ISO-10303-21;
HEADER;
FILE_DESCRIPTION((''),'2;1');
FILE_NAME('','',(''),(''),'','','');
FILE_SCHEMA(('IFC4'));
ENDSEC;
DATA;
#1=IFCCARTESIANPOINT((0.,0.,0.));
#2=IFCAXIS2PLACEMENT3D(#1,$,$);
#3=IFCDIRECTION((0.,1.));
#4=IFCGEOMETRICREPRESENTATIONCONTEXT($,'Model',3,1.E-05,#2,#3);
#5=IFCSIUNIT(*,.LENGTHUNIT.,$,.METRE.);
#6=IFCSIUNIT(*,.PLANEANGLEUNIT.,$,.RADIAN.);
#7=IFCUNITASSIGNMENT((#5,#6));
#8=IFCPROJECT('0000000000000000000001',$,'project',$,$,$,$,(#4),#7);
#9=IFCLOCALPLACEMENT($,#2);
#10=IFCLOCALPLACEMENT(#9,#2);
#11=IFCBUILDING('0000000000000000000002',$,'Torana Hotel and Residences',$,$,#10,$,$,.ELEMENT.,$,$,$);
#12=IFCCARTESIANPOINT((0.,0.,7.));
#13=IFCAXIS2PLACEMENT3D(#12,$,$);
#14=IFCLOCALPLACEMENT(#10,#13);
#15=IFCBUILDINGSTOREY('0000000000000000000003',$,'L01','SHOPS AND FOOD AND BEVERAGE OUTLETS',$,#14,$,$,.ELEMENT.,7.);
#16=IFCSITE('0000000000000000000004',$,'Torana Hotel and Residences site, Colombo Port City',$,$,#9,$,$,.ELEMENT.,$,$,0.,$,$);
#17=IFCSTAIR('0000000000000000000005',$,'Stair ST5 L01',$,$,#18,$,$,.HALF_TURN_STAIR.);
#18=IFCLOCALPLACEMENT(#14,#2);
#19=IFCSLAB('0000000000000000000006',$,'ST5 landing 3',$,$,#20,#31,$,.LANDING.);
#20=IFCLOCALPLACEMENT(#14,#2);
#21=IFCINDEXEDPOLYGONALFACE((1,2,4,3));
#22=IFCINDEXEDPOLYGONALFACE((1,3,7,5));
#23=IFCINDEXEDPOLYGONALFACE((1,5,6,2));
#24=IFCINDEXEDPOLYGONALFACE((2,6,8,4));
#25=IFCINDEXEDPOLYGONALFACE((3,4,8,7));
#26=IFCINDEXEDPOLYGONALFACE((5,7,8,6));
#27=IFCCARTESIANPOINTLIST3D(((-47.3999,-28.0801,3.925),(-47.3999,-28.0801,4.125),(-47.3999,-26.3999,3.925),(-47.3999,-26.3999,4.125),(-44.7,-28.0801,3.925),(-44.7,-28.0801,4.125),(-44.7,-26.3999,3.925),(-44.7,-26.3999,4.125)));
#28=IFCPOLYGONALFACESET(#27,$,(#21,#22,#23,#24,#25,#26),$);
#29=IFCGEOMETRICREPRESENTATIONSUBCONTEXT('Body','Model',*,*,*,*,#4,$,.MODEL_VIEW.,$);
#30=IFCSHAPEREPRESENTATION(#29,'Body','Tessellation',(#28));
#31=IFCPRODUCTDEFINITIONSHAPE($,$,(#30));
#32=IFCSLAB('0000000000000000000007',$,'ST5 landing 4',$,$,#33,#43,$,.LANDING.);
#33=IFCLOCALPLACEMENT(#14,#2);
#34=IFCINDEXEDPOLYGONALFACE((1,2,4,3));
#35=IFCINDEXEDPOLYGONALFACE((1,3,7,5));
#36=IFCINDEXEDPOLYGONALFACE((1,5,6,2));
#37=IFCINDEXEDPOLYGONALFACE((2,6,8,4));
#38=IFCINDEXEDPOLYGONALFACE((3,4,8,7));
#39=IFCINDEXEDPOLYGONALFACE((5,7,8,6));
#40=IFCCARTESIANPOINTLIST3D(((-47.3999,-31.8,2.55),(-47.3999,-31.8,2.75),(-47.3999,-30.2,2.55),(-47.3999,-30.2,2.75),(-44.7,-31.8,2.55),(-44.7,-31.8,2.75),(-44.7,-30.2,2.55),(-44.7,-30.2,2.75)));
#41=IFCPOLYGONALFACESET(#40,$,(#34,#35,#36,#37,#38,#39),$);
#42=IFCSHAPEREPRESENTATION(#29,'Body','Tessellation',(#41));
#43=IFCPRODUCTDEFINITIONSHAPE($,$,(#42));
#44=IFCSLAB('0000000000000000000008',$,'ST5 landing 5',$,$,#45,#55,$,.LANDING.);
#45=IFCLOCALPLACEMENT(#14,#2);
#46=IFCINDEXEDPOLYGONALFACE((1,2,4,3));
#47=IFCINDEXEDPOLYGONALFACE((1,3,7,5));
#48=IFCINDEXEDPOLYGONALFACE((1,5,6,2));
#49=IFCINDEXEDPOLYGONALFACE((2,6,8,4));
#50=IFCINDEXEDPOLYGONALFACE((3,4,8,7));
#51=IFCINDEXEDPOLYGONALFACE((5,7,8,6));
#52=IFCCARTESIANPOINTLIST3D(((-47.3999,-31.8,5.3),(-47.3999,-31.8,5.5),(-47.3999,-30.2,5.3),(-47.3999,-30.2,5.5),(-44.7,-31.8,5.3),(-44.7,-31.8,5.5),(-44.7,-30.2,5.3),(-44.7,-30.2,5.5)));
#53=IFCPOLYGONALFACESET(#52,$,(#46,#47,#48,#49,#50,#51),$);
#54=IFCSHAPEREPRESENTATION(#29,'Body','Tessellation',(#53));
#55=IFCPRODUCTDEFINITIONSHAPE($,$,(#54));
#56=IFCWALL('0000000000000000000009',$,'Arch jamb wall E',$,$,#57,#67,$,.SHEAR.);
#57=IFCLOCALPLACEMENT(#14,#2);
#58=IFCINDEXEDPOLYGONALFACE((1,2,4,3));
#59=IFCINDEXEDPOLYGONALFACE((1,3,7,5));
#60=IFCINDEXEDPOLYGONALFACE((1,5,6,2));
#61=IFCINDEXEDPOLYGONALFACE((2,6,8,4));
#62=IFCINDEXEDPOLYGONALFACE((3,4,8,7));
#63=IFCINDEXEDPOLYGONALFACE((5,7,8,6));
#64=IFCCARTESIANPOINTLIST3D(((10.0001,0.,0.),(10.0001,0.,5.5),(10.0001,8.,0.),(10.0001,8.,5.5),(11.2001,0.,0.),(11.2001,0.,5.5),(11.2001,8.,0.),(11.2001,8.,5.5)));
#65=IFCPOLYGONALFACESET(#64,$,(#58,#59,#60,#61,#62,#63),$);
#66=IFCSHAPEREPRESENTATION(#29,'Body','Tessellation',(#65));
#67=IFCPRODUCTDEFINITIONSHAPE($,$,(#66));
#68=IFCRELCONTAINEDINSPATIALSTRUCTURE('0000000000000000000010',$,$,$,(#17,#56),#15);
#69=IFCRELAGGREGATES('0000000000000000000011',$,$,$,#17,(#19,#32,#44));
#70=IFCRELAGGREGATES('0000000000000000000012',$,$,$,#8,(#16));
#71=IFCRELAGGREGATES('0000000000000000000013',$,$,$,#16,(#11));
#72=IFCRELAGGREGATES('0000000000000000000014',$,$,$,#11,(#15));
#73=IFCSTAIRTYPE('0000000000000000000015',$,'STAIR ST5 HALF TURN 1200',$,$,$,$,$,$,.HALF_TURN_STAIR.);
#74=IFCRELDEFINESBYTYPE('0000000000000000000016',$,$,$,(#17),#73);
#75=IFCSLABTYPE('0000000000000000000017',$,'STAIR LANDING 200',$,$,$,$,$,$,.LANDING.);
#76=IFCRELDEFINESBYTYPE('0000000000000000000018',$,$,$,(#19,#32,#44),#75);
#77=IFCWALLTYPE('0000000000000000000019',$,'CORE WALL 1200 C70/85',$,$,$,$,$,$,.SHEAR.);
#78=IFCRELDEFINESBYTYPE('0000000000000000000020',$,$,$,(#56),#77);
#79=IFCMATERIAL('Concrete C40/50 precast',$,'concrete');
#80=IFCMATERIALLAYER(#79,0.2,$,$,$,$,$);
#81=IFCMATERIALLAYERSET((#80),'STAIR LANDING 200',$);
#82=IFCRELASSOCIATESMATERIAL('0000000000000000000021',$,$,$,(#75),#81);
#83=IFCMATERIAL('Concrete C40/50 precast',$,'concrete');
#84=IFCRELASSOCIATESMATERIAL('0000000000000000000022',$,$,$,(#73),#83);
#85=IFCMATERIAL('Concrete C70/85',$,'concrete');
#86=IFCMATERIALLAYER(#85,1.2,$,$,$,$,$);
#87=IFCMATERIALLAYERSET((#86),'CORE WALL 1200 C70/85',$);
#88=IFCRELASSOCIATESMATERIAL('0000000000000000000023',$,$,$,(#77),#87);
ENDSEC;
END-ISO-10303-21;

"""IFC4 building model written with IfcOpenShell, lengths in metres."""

from ifc_helpers import new_model, si_unit, direction, frame, frame_2d, origin, place, context, subcontext, project, spatial, polyline, rectangle, outline, extrude, material, layer, layer_set, type_object, element, aggregate, save


model = new_model("IFC4")

# Units and contexts
model_context = context("Model", 3, precision=1e-05, world=origin(), true_north=direction((0.0, 1.0)))
body_context = subcontext(model_context, "Body", "Model", "MODEL_VIEW")
ifc_project = project(units=[si_unit("LENGTHUNIT", "METRE"), si_unit("PLANEANGLEUNIT", "RADIAN")], contexts=[model_context])

# Site, building, storey
site_placement = place(None, origin())
site = spatial("IfcSite", under=ifc_project, at=site_placement, Name="Torana Hotel and Residences site, Colombo Port City", CompositionType="ELEMENT", RefElevation=0.0)
building_placement = place(site_placement, origin())
building = spatial("IfcBuilding", under=site, at=building_placement, Name="Torana Hotel and Residences", CompositionType="ELEMENT")
storey_placement = place(building_placement, frame((0.0, 0.0, 7.0)))
storey = spatial("IfcBuildingStorey", under=building, at=storey_placement, Name="L01", Description="SHOPS AND FOOD AND BEVERAGE OUTLETS", CompositionType="ELEMENT", Elevation=7.0)

# Shared definitions
ifc_material_1 = material(Name="Concrete C40/50 precast", Category="concrete")
ifc_layer_1 = layer(ifc_material_1, 0.2)
ifc_layer_set_1 = layer_set([ifc_layer_1], Name="STAIR LANDING 200")
slab_type = type_object("IfcSlabType", Name="STAIR LANDING 200", PredefinedType="LANDING", material=ifc_layer_set_1)

# Stair, slabs
ifc_material_2 = material(Name="Concrete C40/50 precast", Category="concrete")
stair_type_1 = type_object("IfcStairType", Name="STAIR ST5 HALF TURN 1200", PredefinedType="HALF_TURN_STAIR", material=ifc_material_2)
stair_1_placement = place(storey_placement, origin())
stair_1 = element("IfcStair", 1, at=stair_1_placement, inside=storey, type_object=stair_type_1, Name="Stair ST5 L01", PredefinedType="HALF_TURN_STAIR")
slab_1_placement = place(storey_placement, frame((0.0, 0.0, 3.925)))
slab_1 = element("IfcSlab", 2, at=slab_1_placement, type_object=slab_type, Name="ST5 landing 3", PredefinedType="LANDING", context=body_context, shape_type="SweptSolid", body=[
    extrude(outline(polyline([(-47.3999, -28.0801), (-44.7, -28.0801), (-44.7, -26.3999), (-47.3999, -26.3999), (-47.3999, -28.0801)])), origin(), (0.0, 0.0, 1.0), 0.2),
])
slab_2_placement = place(storey_placement, frame((0.0, 0.0, 2.55)))
slab_2 = element("IfcSlab", 3, at=slab_2_placement, type_object=slab_type, Name="ST5 landing 4", PredefinedType="LANDING", context=body_context, shape_type="SweptSolid", body=[
    extrude(outline(polyline([(-47.3999, -31.8), (-44.7, -31.8), (-44.7, -30.2), (-47.3999, -30.2), (-47.3999, -31.8)])), origin(), (0.0, 0.0, 1.0), 0.2),
])
slab_3_placement = place(storey_placement, frame((0.0, 0.0, 5.3)))
slab_3 = element("IfcSlab", 4, at=slab_3_placement, type_object=slab_type, Name="ST5 landing 5", PredefinedType="LANDING", context=body_context, shape_type="SweptSolid", body=[
    extrude(outline(polyline([(-47.3999, -31.8), (-44.7, -31.8), (-44.7, -30.2), (-47.3999, -30.2), (-47.3999, -31.8)])), origin(), (0.0, 0.0, 1.0), 0.2),
])
aggregate(stair_1, [slab_1, slab_2, slab_3])

# Wall
ifc_material_3 = material(Name="Concrete C70/85", Category="concrete")
ifc_layer_2 = layer(ifc_material_3, 1.2)
ifc_layer_set_2 = layer_set([ifc_layer_2], Name="CORE WALL 1200 C70/85")
wall_type = type_object("IfcWallType", Name="CORE WALL 1200 C70/85", PredefinedType="SHEAR", material=ifc_layer_set_2)
wall_placement = place(storey_placement, frame((10.6001, 0.0, 0.0), z_axis=(0.0, 0.0, 1.0), x_axis=(0.0, 1.0, 0.0)))
element("IfcWall", 5, at=wall_placement, inside=storey, type_object=wall_type, Name="Arch jamb wall E", PredefinedType="SHEAR", context=body_context, shape_type="SweptSolid", body=[
    extrude(rectangle(XDim=8.0, YDim=1.2, at=frame_2d((4.0, 0.0))), origin(), (0.0, 0.0, 1.0), 5.5),
])

save(model, "model.ifc")
